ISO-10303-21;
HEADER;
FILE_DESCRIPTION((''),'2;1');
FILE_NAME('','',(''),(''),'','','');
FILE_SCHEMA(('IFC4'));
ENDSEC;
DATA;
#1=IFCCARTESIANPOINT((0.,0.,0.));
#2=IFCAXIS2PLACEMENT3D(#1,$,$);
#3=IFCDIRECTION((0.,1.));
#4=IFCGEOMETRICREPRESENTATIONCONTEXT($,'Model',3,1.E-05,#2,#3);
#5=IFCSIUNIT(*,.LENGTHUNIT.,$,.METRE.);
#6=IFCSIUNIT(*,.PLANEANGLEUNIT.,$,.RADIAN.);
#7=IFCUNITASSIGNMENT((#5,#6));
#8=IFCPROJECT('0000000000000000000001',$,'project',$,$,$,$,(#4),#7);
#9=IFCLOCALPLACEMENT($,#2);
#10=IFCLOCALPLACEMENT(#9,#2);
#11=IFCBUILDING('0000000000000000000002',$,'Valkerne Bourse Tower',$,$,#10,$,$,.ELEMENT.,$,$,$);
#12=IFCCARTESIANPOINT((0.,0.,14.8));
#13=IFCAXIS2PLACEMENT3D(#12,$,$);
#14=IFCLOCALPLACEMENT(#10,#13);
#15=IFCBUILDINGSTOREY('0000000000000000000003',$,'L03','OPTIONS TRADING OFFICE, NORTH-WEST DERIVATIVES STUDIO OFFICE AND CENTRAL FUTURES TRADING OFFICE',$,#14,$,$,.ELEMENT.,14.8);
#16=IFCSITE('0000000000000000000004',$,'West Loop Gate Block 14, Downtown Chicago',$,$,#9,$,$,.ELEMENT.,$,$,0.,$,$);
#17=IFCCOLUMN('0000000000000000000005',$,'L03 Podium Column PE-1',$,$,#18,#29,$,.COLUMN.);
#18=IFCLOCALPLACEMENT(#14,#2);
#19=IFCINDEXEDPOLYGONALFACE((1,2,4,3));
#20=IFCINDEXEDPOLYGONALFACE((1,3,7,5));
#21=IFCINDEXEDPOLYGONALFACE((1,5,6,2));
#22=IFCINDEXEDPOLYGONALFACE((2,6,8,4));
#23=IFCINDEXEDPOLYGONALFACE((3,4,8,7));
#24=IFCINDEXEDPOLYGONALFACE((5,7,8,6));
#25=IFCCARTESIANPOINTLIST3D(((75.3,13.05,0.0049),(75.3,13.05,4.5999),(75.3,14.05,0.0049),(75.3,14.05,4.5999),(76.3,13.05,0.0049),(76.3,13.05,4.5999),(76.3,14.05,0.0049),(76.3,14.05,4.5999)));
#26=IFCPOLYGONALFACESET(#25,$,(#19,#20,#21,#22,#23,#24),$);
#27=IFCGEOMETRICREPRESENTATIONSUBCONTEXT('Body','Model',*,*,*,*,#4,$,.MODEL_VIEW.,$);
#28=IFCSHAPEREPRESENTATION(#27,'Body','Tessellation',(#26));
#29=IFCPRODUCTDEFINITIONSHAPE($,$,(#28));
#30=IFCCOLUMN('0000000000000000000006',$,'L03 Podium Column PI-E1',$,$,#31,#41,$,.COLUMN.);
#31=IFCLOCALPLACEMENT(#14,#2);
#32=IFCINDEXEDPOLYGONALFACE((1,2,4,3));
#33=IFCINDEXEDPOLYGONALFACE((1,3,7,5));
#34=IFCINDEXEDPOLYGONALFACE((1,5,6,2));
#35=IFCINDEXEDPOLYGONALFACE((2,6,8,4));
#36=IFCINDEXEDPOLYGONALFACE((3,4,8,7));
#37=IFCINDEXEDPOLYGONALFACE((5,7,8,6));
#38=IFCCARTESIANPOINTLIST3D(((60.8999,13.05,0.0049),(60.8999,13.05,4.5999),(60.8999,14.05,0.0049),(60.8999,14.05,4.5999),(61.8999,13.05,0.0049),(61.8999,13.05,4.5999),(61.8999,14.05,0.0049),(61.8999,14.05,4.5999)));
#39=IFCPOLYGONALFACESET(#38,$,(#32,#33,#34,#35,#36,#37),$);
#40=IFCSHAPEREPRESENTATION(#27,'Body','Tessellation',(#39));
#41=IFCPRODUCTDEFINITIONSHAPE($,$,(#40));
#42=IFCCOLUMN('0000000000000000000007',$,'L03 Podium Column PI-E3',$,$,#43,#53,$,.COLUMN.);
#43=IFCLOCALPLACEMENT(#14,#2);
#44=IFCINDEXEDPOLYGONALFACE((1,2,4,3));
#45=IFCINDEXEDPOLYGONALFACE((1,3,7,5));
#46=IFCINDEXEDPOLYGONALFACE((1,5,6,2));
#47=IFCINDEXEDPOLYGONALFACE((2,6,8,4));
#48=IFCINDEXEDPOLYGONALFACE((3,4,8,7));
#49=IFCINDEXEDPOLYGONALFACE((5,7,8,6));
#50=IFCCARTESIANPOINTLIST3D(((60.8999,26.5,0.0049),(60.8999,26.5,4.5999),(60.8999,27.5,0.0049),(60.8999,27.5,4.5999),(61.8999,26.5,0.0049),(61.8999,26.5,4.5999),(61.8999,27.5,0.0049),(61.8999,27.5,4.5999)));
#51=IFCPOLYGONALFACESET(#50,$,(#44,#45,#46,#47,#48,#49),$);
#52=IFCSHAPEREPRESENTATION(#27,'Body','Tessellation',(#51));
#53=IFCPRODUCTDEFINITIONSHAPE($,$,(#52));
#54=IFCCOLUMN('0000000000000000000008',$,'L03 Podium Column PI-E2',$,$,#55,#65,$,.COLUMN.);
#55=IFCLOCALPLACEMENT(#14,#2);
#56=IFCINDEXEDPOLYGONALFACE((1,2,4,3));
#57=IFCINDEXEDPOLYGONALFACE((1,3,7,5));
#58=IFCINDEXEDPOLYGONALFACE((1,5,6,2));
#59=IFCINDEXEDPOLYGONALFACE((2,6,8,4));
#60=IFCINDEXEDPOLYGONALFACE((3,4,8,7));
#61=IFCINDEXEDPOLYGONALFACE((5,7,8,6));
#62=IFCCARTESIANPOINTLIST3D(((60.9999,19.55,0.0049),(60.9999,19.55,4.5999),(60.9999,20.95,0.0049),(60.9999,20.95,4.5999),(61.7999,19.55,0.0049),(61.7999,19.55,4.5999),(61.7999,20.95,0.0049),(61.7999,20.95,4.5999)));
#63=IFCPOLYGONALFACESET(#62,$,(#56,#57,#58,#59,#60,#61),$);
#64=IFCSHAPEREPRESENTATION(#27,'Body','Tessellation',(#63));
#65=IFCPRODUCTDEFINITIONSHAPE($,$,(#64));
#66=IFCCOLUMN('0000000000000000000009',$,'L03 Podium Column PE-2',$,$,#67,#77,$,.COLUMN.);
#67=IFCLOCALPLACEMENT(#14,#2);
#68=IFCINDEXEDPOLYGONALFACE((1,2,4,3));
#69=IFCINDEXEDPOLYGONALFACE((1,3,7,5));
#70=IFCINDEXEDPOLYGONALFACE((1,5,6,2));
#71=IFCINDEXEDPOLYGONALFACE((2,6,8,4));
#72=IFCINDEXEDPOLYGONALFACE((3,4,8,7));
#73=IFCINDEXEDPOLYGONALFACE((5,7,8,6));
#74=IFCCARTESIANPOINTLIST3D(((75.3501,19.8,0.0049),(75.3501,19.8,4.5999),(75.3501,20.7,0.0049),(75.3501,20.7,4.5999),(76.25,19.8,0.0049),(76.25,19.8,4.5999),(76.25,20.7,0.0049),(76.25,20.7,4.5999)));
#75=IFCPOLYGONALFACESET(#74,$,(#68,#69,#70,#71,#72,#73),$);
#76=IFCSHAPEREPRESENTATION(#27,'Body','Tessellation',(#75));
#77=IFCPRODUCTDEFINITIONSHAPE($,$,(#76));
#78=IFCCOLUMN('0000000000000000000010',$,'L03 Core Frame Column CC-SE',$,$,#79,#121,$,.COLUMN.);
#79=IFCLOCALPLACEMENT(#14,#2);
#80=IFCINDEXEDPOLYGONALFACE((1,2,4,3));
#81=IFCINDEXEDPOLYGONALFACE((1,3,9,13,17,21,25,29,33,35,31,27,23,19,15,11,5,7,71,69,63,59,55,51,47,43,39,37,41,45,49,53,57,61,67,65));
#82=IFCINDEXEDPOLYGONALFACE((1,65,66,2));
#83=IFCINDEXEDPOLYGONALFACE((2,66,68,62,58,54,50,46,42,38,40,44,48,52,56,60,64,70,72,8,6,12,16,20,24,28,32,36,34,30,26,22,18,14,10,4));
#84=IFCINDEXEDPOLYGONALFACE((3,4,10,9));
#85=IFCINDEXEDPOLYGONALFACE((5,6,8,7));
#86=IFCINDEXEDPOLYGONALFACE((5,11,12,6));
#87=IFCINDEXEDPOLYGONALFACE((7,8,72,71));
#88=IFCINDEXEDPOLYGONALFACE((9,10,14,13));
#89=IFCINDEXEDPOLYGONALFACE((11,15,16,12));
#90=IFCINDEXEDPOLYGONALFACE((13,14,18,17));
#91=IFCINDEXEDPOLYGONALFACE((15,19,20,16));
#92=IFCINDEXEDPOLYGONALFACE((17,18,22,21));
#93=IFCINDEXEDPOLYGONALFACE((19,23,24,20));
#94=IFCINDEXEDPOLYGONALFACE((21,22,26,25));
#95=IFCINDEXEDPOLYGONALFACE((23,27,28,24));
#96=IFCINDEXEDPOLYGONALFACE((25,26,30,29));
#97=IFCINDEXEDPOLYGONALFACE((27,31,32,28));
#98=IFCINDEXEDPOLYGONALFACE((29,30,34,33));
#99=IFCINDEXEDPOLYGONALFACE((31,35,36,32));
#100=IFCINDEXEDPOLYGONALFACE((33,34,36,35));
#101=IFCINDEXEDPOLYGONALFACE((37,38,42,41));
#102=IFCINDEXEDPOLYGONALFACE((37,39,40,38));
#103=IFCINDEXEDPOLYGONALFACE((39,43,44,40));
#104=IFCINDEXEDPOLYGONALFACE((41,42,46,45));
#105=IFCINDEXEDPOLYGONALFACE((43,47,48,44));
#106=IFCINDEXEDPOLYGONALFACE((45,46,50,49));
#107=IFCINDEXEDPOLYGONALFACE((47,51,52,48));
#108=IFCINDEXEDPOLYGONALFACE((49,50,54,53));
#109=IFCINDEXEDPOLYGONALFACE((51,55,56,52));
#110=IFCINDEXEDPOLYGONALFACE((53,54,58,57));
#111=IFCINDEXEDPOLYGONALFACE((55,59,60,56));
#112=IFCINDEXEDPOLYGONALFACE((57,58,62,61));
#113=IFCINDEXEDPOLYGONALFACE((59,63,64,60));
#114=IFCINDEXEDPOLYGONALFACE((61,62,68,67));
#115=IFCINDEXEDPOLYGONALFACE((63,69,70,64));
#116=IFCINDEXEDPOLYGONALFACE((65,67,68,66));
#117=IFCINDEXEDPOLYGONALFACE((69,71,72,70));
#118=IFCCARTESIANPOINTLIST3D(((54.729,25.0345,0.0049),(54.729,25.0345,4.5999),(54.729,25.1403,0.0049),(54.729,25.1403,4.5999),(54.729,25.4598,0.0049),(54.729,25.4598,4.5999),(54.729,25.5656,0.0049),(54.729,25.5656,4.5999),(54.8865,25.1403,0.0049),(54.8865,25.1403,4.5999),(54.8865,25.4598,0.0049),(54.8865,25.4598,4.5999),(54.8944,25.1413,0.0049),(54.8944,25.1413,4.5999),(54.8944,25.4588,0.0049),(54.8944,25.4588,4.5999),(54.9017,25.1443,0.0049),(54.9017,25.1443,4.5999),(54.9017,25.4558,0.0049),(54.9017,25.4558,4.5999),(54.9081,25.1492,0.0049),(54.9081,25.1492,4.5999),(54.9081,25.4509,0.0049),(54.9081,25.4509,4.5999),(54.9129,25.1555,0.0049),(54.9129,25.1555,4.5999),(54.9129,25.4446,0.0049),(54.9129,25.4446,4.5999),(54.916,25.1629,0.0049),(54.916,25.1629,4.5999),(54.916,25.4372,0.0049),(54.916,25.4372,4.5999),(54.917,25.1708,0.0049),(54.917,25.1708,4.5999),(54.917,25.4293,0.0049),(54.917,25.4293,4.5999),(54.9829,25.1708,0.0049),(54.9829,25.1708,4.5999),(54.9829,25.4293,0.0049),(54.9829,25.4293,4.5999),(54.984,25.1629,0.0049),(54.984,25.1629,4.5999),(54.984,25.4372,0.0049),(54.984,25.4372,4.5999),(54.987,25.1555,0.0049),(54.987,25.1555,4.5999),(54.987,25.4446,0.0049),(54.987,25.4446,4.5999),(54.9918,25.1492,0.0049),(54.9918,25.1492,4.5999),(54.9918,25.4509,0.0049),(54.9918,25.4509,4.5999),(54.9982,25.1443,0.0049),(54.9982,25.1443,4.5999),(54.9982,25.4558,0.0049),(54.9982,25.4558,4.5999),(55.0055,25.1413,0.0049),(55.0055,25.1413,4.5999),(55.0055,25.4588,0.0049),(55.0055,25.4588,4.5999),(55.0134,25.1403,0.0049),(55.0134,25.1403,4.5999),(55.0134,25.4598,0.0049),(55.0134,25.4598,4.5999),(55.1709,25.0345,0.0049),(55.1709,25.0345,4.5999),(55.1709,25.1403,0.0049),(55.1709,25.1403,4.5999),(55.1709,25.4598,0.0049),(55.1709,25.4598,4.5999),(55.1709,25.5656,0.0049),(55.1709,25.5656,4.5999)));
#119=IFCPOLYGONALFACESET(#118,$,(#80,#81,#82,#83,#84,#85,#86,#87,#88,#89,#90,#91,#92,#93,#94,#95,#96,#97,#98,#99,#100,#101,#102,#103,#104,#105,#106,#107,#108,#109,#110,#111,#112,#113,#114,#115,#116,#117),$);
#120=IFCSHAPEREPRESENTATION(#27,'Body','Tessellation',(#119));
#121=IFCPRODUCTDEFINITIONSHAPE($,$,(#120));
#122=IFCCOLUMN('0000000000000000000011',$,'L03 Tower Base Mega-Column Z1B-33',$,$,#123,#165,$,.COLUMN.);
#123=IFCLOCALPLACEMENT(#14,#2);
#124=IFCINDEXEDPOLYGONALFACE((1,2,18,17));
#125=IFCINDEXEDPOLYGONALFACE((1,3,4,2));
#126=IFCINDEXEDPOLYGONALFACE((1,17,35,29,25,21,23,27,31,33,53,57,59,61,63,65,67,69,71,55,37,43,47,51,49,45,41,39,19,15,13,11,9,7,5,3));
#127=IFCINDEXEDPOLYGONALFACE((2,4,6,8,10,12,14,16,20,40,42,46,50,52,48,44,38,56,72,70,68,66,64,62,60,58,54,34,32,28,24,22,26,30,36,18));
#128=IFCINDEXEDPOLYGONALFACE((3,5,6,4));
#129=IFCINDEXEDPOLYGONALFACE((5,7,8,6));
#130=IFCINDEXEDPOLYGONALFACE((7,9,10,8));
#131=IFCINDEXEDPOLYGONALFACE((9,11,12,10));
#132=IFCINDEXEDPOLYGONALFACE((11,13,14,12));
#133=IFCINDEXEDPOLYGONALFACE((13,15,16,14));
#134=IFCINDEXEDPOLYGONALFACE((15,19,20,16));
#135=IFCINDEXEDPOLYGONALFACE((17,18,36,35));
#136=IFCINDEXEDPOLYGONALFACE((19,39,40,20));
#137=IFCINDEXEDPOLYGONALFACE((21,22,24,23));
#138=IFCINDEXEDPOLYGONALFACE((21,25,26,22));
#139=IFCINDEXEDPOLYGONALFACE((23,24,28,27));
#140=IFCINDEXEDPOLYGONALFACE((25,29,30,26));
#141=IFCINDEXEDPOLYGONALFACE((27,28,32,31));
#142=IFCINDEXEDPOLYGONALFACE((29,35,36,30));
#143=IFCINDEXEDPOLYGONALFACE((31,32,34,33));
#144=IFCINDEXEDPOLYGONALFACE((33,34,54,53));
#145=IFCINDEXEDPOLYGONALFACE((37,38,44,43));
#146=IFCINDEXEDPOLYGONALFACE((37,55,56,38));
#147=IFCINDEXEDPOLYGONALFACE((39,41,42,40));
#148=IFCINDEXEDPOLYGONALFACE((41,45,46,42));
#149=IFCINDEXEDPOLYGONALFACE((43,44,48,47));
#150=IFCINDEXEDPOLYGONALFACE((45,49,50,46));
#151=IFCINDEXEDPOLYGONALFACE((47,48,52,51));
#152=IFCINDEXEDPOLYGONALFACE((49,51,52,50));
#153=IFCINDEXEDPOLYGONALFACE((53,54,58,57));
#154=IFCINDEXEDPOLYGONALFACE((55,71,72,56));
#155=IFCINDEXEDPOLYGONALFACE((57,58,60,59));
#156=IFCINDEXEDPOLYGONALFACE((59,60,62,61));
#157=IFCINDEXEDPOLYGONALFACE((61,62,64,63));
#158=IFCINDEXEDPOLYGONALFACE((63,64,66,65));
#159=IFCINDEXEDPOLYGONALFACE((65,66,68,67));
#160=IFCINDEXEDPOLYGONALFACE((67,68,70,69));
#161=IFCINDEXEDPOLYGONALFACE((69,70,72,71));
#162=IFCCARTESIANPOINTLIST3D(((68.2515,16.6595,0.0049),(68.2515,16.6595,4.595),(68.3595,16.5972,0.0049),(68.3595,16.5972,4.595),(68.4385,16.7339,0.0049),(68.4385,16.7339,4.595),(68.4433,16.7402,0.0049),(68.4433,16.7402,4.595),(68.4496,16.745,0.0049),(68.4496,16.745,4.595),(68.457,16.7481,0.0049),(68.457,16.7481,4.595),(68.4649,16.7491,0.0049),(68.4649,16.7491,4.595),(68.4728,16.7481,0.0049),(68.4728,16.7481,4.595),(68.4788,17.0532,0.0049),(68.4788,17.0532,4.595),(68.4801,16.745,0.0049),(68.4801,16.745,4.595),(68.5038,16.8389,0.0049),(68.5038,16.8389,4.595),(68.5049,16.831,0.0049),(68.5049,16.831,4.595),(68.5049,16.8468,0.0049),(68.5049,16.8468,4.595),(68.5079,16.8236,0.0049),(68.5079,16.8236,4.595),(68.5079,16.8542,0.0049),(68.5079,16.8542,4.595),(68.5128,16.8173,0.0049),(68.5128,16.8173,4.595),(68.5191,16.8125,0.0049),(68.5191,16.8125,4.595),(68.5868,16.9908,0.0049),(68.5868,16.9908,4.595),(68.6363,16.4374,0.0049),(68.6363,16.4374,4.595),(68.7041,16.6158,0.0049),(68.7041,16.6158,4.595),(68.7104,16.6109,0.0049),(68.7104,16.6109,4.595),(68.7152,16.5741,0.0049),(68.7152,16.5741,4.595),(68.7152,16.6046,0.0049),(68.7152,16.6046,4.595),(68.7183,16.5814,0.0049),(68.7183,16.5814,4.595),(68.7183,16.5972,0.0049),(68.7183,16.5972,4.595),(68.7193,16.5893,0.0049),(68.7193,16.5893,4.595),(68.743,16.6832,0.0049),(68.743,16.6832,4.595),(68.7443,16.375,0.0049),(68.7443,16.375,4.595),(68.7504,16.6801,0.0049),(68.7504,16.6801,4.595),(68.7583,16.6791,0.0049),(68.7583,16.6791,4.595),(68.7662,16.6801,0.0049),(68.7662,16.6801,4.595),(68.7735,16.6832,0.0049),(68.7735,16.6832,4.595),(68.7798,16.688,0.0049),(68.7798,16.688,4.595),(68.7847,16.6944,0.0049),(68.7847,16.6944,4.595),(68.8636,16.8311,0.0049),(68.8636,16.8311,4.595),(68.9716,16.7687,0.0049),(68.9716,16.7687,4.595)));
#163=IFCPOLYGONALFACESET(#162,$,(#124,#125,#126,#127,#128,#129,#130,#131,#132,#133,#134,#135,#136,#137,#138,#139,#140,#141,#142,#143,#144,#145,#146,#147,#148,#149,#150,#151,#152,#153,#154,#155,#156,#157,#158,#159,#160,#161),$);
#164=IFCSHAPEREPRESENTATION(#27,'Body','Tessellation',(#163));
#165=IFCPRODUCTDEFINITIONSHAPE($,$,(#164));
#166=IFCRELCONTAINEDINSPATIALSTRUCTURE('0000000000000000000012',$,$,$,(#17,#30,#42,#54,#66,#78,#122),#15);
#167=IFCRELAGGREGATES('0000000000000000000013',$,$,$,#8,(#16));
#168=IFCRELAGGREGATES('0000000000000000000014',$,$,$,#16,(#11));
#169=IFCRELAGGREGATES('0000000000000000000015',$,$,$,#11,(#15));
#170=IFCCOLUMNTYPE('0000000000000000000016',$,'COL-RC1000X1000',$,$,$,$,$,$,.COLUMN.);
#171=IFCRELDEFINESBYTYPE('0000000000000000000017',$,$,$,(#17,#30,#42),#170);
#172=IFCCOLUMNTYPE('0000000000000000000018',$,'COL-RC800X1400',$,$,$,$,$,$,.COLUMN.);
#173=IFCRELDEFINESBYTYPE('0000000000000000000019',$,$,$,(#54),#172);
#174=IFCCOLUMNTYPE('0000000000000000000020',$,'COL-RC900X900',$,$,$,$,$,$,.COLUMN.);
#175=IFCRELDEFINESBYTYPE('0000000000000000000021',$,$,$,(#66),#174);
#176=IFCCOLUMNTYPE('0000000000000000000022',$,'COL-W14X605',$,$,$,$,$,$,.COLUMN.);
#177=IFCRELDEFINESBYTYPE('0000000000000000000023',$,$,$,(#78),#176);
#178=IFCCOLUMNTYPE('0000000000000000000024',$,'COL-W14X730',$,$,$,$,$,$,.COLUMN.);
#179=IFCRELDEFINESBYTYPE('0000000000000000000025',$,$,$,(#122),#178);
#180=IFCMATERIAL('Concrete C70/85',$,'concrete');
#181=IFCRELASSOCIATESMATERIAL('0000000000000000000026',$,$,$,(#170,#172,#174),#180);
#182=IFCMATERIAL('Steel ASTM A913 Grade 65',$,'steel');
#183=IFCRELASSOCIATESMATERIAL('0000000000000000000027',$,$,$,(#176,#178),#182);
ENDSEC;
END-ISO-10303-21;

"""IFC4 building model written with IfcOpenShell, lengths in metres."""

from ifc_helpers import new_model, si_unit, direction, frame, origin, origin_2d, place, context, subcontext, project, spatial, rectangle, i_section, extrude, material, material_profile, profile_set, type_object, element, save


model = new_model("IFC4")

# Units and contexts
model_context = context("Model", 3, precision=1e-05, world=origin(), true_north=direction((0.0, 1.0)))
body_context = subcontext(model_context, "Body", "Model", "MODEL_VIEW")
ifc_project = project(units=[si_unit("LENGTHUNIT", "METRE"), si_unit("PLANEANGLEUNIT", "RADIAN")], contexts=[model_context])

# Site, building, storey
site_placement = place(None, origin())
site = spatial("IfcSite", under=ifc_project, at=site_placement, Name="West Loop Gate Block 14, Downtown Chicago", CompositionType="ELEMENT", RefElevation=0.0)
building_placement = place(site_placement, origin())
building = spatial("IfcBuilding", under=site, at=building_placement, Name="Valkerne Bourse Tower", CompositionType="ELEMENT")
storey_placement = place(building_placement, frame((0.0, 0.0, 14.8)))
storey = spatial("IfcBuildingStorey", under=building, at=storey_placement, Name="L03", Description="OPTIONS TRADING OFFICE, NORTH-WEST DERIVATIVES STUDIO OFFICE AND CENTRAL FUTURES TRADING OFFICE", CompositionType="ELEMENT", Elevation=14.8)

# Columns
ifc_material_1 = material(Name="Concrete C70/85", Category="concrete")
ifc_material_profile_1 = material_profile(ifc_material_1, rectangle(XDim=1.0, YDim=1.0, at=origin_2d()), Name="RC1000X1000")
ifc_profile_set_1 = profile_set([ifc_material_profile_1], Name="Concrete C70/85")
column_type_1 = type_object("IfcColumnType", Name="COL-RC1000X1000", PredefinedType="COLUMN", material=ifc_profile_set_1)
for number, where, z_axis, x_axis, name in (
    (1, (75.8, 13.55, 0.0049), (0.0, 0.0, 1.0), (1.0, 0.0, 0.0), "L03 Podium Column PE-1"),
    (2, (61.3999, 13.55, 0.0049), (0.0, 0.0, 1.0), (1.0, 0.0, 0.0), "L03 Podium Column PI-E1"),
    (3, (61.3999, 27.0, 0.0049), (0.0, 0.0, 1.0), (1.0, 0.0, 0.0), "L03 Podium Column PI-E3"),
):
    element("IfcColumn", number, at=place(storey_placement, frame(where, z_axis=z_axis, x_axis=x_axis)), inside=storey, type_object=column_type_1, Name=name, PredefinedType="COLUMN", context=body_context, shape_type="SweptSolid", body=[
        extrude(rectangle(XDim=1.0, YDim=1.0, at=origin_2d()), origin(), (0.0, 0.0, 1.0), 4.595),
    ])
ifc_material_profile_2 = material_profile(ifc_material_1, rectangle(XDim=0.8, YDim=1.3999, at=origin_2d()), Name="RC800X1400")
ifc_profile_set_2 = profile_set([ifc_material_profile_2], Name="Concrete C70/85")
column_type_2 = type_object("IfcColumnType", Name="COL-RC800X1400", PredefinedType="COLUMN", material=ifc_profile_set_2)
column_1_placement = place(storey_placement, frame((61.3999, 20.25, 0.0049), z_axis=(0.0, 0.0, 1.0), x_axis=(1.0, 0.0, 0.0)))
element("IfcColumn", 4, at=column_1_placement, inside=storey, type_object=column_type_2, Name="L03 Podium Column PI-E2", PredefinedType="COLUMN", context=body_context, shape_type="SweptSolid", body=[
    extrude(rectangle(XDim=0.8, YDim=1.3999, at=origin_2d()), origin(), (0.0, 0.0, 1.0), 4.595),
])
ifc_material_profile_3 = material_profile(ifc_material_1, rectangle(XDim=0.8999, YDim=0.8999, at=origin_2d()), Name="RC900X900")
ifc_profile_set_3 = profile_set([ifc_material_profile_3], Name="Concrete C70/85")
column_type_3 = type_object("IfcColumnType", Name="COL-RC900X900", PredefinedType="COLUMN", material=ifc_profile_set_3)
column_2_placement = place(storey_placement, frame((75.8, 20.25, 0.0049), z_axis=(0.0, 0.0, 1.0), x_axis=(1.0, 0.0, 0.0)))
element("IfcColumn", 5, at=column_2_placement, inside=storey, type_object=column_type_3, Name="L03 Podium Column PE-2", PredefinedType="COLUMN", context=body_context, shape_type="SweptSolid", body=[
    extrude(rectangle(XDim=0.8999, YDim=0.8999, at=origin_2d()), origin(), (0.0, 0.0, 1.0), 4.595),
])
ifc_material_2 = material(Name="Steel ASTM A913 Grade 65", Category="steel")
ifc_material_profile_4 = material_profile(ifc_material_2, i_section(OverallWidth=0.4419, OverallDepth=0.531, WebThickness=0.0659, FlangeThickness=0.1057, FilletRadius=0.0305, at=origin_2d()), Name="W14X605")
ifc_profile_set_4 = profile_set([ifc_material_profile_4], Name="Steel ASTM A913 Grade 65")
column_type_4 = type_object("IfcColumnType", Name="COL-W14X605", PredefinedType="COLUMN", material=ifc_profile_set_4)
column_3_placement = place(storey_placement, frame((54.95, 25.3, 0.0049), z_axis=(0.0, 0.0, 1.0), x_axis=(1.0, 0.0, 0.0)))
element("IfcColumn", 6, at=column_3_placement, inside=storey, type_object=column_type_4, Name="L03 Core Frame Column CC-SE", PredefinedType="COLUMN", context=body_context, shape_type="SweptSolid", body=[
    extrude(i_section(OverallWidth=0.4419, OverallDepth=0.531, WebThickness=0.0659, FlangeThickness=0.1057, FilletRadius=0.0305, at=origin_2d()), origin(), (0.0, 0.0, 1.0), 4.595),
])
ifc_material_profile_5 = material_profile(ifc_material_2, i_section(OverallWidth=0.4546, OverallDepth=0.5691, WebThickness=0.0779, FlangeThickness=0.1248, FilletRadius=0.0305, at=origin_2d()), Name="W14X730")
ifc_profile_set_5 = profile_set([ifc_material_profile_5], Name="Steel ASTM A913 Grade 65")
column_type_5 = type_object("IfcColumnType", Name="COL-W14X730", PredefinedType="COLUMN", material=ifc_profile_set_5)
for number, where, z_axis, x_axis, name in (
    (7, (68.6116, 16.7141, 0.0049), (0.0, 0.0, 1.0), (0.5, 0.866025, 0.0), "L03 Tower Base Mega-Column Z1B-33"),
):
    element("IfcColumn", number, at=place(storey_placement, frame(where, z_axis=z_axis, x_axis=x_axis)), inside=storey, type_object=column_type_5, Name=name, PredefinedType="COLUMN", context=body_context, shape_type="SweptSolid", body=[
        extrude(i_section(OverallWidth=0.4546, OverallDepth=0.5691, WebThickness=0.0779, FlangeThickness=0.1248, FilletRadius=0.0305, at=origin_2d()), origin(), (0.0, 0.0, 1.0), 4.5901),
    ])

save(model, "model.ifc")
